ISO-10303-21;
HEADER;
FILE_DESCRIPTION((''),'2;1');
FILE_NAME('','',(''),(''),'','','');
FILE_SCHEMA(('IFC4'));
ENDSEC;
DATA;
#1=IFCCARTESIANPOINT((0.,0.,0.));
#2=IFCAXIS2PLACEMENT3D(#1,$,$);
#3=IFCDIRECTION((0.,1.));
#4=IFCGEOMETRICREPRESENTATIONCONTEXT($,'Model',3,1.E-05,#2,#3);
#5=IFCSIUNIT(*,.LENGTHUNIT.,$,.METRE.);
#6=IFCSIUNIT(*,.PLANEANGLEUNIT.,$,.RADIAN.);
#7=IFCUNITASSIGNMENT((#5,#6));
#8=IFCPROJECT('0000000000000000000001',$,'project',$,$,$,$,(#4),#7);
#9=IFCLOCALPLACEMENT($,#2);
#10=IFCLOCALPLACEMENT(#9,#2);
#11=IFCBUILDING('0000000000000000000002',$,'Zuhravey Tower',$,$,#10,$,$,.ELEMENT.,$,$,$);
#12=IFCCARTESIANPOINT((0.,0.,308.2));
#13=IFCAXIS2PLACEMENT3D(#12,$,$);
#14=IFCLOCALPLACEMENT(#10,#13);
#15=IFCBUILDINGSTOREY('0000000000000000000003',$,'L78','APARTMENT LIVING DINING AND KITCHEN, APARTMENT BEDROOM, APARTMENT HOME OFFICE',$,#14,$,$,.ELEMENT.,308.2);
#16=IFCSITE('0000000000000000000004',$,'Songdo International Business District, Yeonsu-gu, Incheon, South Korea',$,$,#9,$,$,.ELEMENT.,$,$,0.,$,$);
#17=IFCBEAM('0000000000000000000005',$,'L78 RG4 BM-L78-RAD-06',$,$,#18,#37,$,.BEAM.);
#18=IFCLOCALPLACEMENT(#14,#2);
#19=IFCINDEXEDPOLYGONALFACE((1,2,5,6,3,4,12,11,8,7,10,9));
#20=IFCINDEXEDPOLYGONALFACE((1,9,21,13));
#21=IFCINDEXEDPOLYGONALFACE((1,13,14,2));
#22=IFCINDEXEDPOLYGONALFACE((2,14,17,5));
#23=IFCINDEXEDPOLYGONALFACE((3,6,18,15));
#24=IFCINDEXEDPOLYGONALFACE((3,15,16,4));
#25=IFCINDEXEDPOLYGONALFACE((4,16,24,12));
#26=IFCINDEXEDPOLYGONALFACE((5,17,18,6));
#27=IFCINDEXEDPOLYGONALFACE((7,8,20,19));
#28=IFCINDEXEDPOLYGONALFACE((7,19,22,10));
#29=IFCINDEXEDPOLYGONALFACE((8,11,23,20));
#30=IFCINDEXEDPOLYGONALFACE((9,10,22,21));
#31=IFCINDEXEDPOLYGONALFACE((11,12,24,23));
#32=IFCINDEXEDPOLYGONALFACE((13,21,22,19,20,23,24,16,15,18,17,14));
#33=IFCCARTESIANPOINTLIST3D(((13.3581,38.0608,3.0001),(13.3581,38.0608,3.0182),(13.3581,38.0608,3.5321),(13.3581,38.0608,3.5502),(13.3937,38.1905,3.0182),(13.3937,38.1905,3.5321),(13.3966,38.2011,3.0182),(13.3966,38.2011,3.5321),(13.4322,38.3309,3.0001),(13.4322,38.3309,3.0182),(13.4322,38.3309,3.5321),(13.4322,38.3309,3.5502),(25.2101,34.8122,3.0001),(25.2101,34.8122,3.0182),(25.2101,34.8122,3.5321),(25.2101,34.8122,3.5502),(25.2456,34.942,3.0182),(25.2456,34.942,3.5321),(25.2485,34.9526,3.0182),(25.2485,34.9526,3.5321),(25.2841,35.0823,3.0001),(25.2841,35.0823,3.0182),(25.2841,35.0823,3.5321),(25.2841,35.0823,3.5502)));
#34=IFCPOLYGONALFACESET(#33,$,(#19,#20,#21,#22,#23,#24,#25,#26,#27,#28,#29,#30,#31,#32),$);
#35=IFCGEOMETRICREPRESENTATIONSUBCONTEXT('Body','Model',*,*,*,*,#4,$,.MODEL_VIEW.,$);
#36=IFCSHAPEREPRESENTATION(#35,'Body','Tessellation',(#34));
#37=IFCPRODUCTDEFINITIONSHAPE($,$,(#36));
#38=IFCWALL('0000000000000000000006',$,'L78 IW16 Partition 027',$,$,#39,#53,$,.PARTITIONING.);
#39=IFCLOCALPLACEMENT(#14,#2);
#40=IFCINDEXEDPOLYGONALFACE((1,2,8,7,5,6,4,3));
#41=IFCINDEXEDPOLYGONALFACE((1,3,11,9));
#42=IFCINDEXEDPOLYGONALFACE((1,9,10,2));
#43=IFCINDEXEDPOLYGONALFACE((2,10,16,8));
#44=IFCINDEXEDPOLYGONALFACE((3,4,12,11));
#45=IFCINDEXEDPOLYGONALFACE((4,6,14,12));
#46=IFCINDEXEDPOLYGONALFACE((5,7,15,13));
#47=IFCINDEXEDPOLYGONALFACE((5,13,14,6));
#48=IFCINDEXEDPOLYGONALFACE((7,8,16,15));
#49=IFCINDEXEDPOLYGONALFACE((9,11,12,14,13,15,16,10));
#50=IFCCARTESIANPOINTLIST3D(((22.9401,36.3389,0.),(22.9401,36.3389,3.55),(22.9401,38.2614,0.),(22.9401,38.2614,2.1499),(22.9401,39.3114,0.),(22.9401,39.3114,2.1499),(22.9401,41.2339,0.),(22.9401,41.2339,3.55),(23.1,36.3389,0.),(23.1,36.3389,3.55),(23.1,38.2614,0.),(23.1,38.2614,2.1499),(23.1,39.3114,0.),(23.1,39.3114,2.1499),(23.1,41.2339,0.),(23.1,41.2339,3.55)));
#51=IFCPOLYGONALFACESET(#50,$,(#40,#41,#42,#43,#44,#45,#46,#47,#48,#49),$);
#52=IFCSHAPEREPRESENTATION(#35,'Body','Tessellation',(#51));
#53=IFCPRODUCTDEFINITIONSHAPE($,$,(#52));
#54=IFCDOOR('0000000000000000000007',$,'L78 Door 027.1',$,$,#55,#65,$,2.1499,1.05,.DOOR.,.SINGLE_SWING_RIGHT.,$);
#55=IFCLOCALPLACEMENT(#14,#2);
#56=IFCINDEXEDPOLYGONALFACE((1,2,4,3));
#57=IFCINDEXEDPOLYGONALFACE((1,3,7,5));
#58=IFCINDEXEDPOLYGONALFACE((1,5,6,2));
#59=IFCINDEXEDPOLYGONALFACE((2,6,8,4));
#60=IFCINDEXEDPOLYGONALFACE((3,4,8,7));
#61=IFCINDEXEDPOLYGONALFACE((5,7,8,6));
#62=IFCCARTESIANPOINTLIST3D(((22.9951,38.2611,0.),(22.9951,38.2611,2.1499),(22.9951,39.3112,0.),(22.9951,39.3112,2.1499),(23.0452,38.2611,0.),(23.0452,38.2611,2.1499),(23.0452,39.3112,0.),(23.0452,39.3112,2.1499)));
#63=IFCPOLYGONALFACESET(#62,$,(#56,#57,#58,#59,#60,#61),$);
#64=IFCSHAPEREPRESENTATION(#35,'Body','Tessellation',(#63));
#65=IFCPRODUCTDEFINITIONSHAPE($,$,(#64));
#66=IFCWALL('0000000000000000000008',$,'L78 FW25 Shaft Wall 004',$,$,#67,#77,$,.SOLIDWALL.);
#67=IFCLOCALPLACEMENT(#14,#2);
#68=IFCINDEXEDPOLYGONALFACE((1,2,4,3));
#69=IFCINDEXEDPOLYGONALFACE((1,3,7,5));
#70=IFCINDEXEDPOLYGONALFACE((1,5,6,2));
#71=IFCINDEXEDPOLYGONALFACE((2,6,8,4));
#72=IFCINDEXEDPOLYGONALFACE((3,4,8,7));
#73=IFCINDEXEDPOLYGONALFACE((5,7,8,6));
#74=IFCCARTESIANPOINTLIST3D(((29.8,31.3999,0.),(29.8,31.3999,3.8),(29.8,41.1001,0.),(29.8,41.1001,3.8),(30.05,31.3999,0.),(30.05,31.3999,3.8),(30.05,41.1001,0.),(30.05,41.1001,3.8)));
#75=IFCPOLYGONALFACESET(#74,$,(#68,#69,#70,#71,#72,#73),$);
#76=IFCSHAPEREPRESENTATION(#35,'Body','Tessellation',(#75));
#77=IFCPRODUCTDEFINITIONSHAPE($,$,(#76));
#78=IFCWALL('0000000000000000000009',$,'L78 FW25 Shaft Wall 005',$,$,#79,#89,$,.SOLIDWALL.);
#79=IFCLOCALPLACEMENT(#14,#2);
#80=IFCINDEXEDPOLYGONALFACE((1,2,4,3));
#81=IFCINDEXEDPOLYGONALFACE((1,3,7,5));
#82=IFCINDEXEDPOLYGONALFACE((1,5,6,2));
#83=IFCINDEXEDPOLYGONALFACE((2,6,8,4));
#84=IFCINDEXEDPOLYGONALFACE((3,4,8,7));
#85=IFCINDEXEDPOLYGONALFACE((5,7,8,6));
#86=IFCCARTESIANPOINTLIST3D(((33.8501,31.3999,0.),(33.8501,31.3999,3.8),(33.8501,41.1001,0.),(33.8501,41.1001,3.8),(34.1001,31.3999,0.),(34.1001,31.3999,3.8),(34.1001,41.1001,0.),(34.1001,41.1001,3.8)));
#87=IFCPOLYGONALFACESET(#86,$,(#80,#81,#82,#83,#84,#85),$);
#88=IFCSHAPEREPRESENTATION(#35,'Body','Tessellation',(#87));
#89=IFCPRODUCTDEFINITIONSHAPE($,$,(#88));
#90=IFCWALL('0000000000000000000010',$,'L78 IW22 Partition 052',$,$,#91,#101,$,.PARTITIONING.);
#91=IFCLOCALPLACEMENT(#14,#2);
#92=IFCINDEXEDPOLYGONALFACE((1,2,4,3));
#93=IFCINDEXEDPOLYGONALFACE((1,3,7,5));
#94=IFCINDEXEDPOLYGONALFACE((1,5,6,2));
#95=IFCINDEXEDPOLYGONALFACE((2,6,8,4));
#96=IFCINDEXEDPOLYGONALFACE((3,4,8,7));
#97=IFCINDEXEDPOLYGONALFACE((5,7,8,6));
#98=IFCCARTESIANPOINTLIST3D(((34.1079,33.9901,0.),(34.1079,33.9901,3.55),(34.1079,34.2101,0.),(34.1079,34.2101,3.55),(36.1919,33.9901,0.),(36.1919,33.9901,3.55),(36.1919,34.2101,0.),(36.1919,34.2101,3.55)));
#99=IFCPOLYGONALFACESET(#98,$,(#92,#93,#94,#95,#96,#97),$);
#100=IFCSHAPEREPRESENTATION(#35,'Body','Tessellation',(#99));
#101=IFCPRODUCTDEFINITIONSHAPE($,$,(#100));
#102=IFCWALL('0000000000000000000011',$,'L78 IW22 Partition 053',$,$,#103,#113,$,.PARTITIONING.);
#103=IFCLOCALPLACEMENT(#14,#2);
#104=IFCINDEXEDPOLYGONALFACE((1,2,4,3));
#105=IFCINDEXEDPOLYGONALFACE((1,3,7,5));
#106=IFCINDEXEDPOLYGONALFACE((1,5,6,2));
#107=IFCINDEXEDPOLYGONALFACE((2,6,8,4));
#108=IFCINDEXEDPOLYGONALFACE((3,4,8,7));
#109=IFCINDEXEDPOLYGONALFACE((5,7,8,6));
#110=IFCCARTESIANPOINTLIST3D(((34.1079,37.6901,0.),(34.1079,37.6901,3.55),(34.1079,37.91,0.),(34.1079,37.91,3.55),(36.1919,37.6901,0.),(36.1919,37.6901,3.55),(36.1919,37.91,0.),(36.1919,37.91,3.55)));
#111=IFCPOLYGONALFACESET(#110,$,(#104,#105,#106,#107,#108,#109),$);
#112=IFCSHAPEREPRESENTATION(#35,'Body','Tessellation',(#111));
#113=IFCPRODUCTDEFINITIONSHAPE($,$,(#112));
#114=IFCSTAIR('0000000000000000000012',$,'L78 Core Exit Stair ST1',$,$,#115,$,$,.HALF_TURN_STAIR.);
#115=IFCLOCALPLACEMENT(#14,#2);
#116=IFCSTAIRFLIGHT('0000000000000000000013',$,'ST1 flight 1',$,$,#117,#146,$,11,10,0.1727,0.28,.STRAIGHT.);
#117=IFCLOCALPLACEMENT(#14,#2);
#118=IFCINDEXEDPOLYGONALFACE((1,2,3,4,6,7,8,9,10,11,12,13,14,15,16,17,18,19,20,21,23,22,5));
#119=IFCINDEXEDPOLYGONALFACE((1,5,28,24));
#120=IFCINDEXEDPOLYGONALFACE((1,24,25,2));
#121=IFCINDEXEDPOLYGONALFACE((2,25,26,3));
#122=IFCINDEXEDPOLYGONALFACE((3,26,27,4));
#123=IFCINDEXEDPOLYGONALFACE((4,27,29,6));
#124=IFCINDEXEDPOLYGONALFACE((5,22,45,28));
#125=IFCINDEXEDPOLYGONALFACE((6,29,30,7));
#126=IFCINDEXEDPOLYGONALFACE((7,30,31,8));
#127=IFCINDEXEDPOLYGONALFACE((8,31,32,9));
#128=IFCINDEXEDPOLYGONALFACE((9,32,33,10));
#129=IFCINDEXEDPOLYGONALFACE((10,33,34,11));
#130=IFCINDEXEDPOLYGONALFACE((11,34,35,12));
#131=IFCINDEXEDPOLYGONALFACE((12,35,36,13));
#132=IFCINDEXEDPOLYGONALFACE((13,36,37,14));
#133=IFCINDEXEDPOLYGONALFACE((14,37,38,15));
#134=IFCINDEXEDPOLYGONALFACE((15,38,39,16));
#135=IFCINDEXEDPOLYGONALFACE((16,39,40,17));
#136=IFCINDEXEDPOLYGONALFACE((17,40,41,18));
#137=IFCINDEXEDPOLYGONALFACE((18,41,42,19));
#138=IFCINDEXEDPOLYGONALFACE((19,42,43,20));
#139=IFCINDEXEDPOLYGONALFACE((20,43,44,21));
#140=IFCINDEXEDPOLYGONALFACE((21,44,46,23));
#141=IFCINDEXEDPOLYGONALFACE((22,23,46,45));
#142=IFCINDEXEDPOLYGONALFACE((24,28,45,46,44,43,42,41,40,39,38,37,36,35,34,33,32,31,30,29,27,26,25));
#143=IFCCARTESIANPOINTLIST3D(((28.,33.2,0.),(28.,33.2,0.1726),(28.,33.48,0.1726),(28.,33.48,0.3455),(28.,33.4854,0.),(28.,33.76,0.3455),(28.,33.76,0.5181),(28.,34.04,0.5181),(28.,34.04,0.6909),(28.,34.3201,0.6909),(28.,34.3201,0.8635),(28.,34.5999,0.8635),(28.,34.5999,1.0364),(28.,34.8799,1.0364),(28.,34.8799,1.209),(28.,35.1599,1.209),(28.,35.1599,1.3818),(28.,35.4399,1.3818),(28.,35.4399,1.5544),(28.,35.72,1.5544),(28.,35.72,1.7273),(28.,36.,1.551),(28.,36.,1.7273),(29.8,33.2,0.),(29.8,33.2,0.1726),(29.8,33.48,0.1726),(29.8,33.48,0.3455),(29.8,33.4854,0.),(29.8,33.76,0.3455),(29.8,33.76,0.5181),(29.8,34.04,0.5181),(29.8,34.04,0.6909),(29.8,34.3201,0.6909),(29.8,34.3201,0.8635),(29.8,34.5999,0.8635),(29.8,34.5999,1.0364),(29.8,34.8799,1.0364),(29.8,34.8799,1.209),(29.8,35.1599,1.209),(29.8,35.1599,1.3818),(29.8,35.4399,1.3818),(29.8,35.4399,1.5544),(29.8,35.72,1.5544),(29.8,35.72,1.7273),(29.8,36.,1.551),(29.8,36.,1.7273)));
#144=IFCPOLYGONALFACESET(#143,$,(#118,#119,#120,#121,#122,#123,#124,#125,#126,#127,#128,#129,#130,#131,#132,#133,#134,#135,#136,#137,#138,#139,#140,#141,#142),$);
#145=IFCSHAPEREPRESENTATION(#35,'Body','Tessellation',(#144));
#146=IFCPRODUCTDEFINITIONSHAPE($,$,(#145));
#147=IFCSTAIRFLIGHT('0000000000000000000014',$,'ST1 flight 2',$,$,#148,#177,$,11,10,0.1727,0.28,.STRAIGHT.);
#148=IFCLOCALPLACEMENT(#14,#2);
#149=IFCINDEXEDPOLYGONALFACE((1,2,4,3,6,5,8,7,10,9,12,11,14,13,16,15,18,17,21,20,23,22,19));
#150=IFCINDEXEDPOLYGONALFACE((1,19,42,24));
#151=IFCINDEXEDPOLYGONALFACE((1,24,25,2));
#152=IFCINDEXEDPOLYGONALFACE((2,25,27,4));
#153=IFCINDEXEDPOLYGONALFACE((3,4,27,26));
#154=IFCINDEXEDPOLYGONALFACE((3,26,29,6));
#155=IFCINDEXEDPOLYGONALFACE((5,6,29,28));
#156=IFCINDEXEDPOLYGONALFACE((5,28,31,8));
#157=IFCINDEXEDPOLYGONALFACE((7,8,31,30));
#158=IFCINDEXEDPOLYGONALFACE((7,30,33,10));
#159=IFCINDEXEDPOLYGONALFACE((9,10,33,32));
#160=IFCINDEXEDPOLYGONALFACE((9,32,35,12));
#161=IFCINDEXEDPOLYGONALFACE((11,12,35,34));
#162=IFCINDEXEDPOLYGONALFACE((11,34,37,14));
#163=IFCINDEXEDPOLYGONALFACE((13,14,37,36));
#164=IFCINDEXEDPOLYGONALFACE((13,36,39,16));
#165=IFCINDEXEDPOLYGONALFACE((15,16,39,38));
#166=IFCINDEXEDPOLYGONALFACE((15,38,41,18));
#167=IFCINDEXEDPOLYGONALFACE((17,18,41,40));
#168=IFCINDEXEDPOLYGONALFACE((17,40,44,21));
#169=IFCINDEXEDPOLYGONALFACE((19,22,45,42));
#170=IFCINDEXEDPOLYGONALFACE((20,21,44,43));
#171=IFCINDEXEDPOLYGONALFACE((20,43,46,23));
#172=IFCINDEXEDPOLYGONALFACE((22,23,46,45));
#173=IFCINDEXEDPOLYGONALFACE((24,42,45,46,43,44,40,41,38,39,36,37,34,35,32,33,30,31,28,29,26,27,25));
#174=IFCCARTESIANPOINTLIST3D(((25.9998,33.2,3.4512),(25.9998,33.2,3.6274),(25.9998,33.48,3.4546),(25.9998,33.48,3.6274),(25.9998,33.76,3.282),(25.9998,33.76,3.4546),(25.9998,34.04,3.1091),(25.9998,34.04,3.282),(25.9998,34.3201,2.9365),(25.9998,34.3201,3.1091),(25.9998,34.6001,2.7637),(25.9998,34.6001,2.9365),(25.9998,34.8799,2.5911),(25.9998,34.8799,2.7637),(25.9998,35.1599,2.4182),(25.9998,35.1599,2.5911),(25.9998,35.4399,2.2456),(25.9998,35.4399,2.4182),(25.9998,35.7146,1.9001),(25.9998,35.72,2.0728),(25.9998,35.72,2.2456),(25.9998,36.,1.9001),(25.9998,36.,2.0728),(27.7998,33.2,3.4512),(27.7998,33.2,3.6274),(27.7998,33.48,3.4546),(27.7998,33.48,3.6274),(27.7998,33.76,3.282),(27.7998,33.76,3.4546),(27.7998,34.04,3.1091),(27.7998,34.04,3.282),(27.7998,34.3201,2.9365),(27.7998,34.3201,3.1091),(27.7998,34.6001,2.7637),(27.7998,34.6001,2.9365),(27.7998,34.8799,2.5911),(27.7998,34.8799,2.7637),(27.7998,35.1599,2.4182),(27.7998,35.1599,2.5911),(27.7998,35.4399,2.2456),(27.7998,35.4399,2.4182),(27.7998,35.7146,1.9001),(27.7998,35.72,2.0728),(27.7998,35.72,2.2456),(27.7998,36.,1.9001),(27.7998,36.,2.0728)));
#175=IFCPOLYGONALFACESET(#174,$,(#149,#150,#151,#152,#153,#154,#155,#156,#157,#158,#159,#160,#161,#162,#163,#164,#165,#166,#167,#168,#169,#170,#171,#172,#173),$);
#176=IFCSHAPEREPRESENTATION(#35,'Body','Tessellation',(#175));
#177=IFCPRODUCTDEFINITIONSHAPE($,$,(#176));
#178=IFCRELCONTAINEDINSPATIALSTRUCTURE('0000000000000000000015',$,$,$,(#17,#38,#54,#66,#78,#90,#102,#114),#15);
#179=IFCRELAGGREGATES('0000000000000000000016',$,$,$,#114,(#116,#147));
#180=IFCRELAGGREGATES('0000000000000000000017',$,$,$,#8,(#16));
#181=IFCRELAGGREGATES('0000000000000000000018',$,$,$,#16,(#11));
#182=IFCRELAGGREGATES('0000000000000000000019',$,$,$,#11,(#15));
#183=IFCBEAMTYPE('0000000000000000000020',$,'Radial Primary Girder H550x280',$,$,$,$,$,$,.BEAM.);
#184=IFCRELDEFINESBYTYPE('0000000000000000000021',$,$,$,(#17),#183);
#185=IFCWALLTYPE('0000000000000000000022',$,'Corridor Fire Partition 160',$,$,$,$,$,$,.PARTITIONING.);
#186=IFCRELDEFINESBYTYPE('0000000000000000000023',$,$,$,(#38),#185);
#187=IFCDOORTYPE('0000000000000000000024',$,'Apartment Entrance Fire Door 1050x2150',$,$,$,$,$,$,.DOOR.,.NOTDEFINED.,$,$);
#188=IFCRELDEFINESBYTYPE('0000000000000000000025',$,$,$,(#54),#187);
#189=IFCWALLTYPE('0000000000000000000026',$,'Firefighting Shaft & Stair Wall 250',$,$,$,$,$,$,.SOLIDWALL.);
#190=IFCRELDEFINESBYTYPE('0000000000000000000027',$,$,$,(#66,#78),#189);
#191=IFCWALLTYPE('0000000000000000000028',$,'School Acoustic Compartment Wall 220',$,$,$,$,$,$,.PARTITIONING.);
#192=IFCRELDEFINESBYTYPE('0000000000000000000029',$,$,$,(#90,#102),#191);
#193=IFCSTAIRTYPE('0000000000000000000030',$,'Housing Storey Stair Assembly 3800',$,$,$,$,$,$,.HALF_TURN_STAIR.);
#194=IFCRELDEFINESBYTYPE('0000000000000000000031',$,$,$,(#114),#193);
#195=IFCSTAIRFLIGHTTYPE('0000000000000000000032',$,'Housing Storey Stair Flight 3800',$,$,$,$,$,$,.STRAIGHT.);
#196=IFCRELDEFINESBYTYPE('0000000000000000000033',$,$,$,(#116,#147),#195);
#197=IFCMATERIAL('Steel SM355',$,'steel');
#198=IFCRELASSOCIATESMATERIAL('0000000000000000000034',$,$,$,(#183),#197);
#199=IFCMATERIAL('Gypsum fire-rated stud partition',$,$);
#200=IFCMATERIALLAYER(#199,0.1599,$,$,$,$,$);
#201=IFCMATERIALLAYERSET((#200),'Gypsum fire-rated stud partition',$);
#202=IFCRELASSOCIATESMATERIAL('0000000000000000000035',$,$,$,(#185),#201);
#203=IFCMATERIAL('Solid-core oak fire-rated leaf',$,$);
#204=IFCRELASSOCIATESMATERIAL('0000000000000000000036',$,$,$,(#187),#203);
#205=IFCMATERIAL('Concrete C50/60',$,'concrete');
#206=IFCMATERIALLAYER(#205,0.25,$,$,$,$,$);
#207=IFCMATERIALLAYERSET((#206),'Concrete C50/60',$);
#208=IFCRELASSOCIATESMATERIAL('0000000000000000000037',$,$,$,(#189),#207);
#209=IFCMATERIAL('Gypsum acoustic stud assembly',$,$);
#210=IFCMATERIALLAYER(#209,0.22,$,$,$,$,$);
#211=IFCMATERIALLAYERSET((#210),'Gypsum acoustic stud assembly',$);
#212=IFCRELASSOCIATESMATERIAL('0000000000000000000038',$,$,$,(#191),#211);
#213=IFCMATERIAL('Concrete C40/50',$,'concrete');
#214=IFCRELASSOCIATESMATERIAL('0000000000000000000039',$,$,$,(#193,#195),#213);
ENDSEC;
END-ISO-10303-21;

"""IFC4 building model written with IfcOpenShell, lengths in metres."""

from ifc_helpers import new_model, si_unit, direction, frame, frame_2d, origin, origin_2d, place, context, subcontext, project, spatial, polyline, rectangle, i_section, outline, extrude, material, layer, layer_set, material_profile, profile_set, type_object, element, fill, aggregate, save


model = new_model("IFC4")

# Units and contexts
model_context = context("Model", 3, precision=1e-05, world=origin(), true_north=direction((0.0, 1.0)))
body_context = subcontext(model_context, "Body", "Model", "MODEL_VIEW")
ifc_project = project(units=[si_unit("LENGTHUNIT", "METRE"), si_unit("PLANEANGLEUNIT", "RADIAN")], contexts=[model_context])

# Site, building, storey
site_placement = place(None, origin())
site = spatial("IfcSite", under=ifc_project, at=site_placement, Name="Songdo International Business District, Yeonsu-gu, Incheon, South Korea", CompositionType="ELEMENT", RefElevation=0.0)
building_placement = place(site_placement, origin())
building = spatial("IfcBuilding", under=site, at=building_placement, Name="Zuhravey Tower", CompositionType="ELEMENT")
storey_placement = place(building_placement, frame((0.0, 0.0, 308.2)))
storey = spatial("IfcBuildingStorey", under=building, at=storey_placement, Name="L78", Description="APARTMENT LIVING DINING AND KITCHEN, APARTMENT BEDROOM, APARTMENT HOME OFFICE", CompositionType="ELEMENT", Elevation=308.2)

# Beam
ifc_material_1 = material(Name="Steel SM355", Category="steel")
ifc_material_profile = material_profile(ifc_material_1, i_section(OverallWidth=0.28, OverallDepth=0.55, WebThickness=0.011, FlangeThickness=0.0181, at=origin_2d()), Name="H-550x280x11x18")
ifc_profile_set = profile_set([ifc_material_profile], Name="Steel SM355")
beam_type = type_object("IfcBeamType", Name="Radial Primary Girder H550x280", PredefinedType="BEAM", material=ifc_profile_set)
beam_placement = place(storey_placement, frame((25.2471, 34.9473, 3.2751), z_axis=(-0.964428, 0.264346, 0.0), x_axis=(-0.264346, -0.964428, 0.0)))
element("IfcBeam", 1, at=beam_placement, inside=storey, type_object=beam_type, Name="L78 RG4 BM-L78-RAD-06", PredefinedType="BEAM", context=body_context, shape_type="SweptSolid", body=[
    extrude(i_section(OverallWidth=0.28, OverallDepth=0.55, WebThickness=0.011, FlangeThickness=0.0181, at=origin_2d()), origin(), (0.0, 0.0, 1.0), 12.2891),
])

# Wall, opening, door
ifc_material_2 = material(Name="Gypsum fire-rated stud partition")
ifc_layer_1 = layer(ifc_material_2, 0.1599)
ifc_layer_set_1 = layer_set([ifc_layer_1], Name="Gypsum fire-rated stud partition")
wall_type_1 = type_object("IfcWallType", Name="Corridor Fire Partition 160", PredefinedType="PARTITIONING", material=ifc_layer_set_1)
wall_1_placement = place(storey_placement, frame((23.02, 41.2339, 0.0), z_axis=(0.0, 0.0, 1.0), x_axis=(0.0, -1.0, 0.0)))
wall_1 = element("IfcWall", 2, at=wall_1_placement, inside=storey, type_object=wall_type_1, Name="L78 IW16 Partition 027", PredefinedType="PARTITIONING", context=body_context, shape_type="SweptSolid", body=[
    extrude(rectangle(XDim=4.895, YDim=0.1599, at=frame_2d((2.4475, 0.0))), origin(), (0.0, 0.0, 1.0), 3.55),
])
opening_1_placement = place(wall_1_placement, frame((1.9226, 0.0, 0.0)))
opening_1 = element("IfcOpeningElement", 3, at=opening_1_placement, cuts=wall_1, PredefinedType="OPENING", context=body_context, shape_type="SweptSolid", body=[
    extrude(rectangle(XDim=1.05, YDim=2.1499, at=frame_2d((0.5249, 1.075))), frame((0.0, 0.092, 0.0), z_axis=(0.0, -1.0, 0.0), x_axis=(1.0, 0.0, 0.0)), (0.0, 0.0, 1.0), 0.1838),
])
ifc_material_3 = material(Name="Solid-core oak fire-rated leaf")
door_type_1 = type_object("IfcDoorType", Name="Apartment Entrance Fire Door 1050x2150", OperationType="NOTDEFINED", PredefinedType="DOOR", material=ifc_material_3)
door_1_placement = place(opening_1_placement, frame((1.05, 0.0, 0.0), z_axis=(0.0, 0.0, 1.0), x_axis=(-1.0, 0.0, 0.0)))
door_1 = element("IfcDoor", 4, at=door_1_placement, inside=storey, type_object=door_type_1, Name="L78 Door 027.1", OperationType="SINGLE_SWING_RIGHT", OverallHeight=2.1499, OverallWidth=1.05, PredefinedType="DOOR", context=body_context, shape_type="SweptSolid", body=[
    extrude(rectangle(XDim=1.05, YDim=2.1499, at=frame_2d((0.5249, 1.075))), frame((0.0, 0.0249, 0.0), z_axis=(0.0, -1.0, 0.0), x_axis=(1.0, 0.0, 0.0)), (0.0, 0.0, 1.0), 0.05),
])
fill(opening_1, door_1)

# Shared definitions
ifc_material_4 = material(Name="Concrete C50/60", Category="concrete")
ifc_layer_2 = layer(ifc_material_4, 0.25)
ifc_layer_set_2 = layer_set([ifc_layer_2], Name="Concrete C50/60")
wall_type_2 = type_object("IfcWallType", Name="Firefighting Shaft & Stair Wall 250", PredefinedType="SOLIDWALL", material=ifc_layer_set_2)

# Walls
for number, where, z_axis, x_axis, name in (
    (5, (29.925, 31.3999, 0.0), (0.0, 0.0, 1.0), (0.0, 1.0, 0.0), "L78 FW25 Shaft Wall 004"),
    (6, (33.9751, 31.3999, 0.0), (0.0, 0.0, 1.0), (0.0, 1.0, 0.0), "L78 FW25 Shaft Wall 005"),
):
    element("IfcWall", number, at=place(storey_placement, frame(where, z_axis=z_axis, x_axis=x_axis)), inside=storey, type_object=wall_type_2, Name=name, PredefinedType="SOLIDWALL", context=body_context, shape_type="SweptSolid", body=[
        extrude(rectangle(XDim=9.7002, YDim=0.25, at=frame_2d((4.8501, 0.0))), origin(), (0.0, 0.0, 1.0), 3.8),
    ])
ifc_material_5 = material(Name="Gypsum acoustic stud assembly")
ifc_layer_3 = layer(ifc_material_5, 0.22)
ifc_layer_set_3 = layer_set([ifc_layer_3], Name="Gypsum acoustic stud assembly")
wall_type_3 = type_object("IfcWallType", Name="School Acoustic Compartment Wall 220", PredefinedType="PARTITIONING", material=ifc_layer_set_3)
for number, where, z_axis, x_axis, name in (
    (7, (34.1079, 34.1001, 0.0), (0.0, 0.0, 1.0), (1.0, 0.0, 0.0), "L78 IW22 Partition 052"),
    (8, (34.1079, 37.8, 0.0), (0.0, 0.0, 1.0), (1.0, 0.0, 0.0), "L78 IW22 Partition 053"),
):
    element("IfcWall", number, at=place(storey_placement, frame(where, z_axis=z_axis, x_axis=x_axis)), inside=storey, type_object=wall_type_3, Name=name, PredefinedType="PARTITIONING", context=body_context, shape_type="SweptSolid", body=[
        extrude(rectangle(XDim=2.084, YDim=0.22, at=frame_2d((1.042, 0.0))), origin(), (0.0, 0.0, 1.0), 3.55),
    ])

# Stair, stair flights
ifc_material_6 = material(Name="Concrete C40/50", Category="concrete")
stair_type = type_object("IfcStairType", Name="Housing Storey Stair Assembly 3800", PredefinedType="HALF_TURN_STAIR", material=ifc_material_6)
stair_1_placement = place(storey_placement, origin())
stair_1 = element("IfcStair", 9, at=stair_1_placement, inside=storey, type_object=stair_type, Name="L78 Core Exit Stair ST1", PredefinedType="HALF_TURN_STAIR")
stair_flight_type = type_object("IfcStairFlightType", Name="Housing Storey Stair Flight 3800", PredefinedType="STRAIGHT", material=ifc_material_6)
stair_flight_1_placement = place(storey_placement, frame((28.8999, 33.2, 0.0), z_axis=(0.0, 0.0, 1.0), x_axis=(0.0, 1.0, 0.0)))
stair_flight_1 = element("IfcStairFlight", 10, at=stair_flight_1_placement, type_object=stair_flight_type, Name="ST1 flight 1", NumberOfRisers=11, NumberOfTreads=10, PredefinedType="STRAIGHT", RiserHeight=0.1727, TreadLength=0.28, context=body_context, shape_type="SweptSolid", body=[
    extrude(outline(polyline([(0.0, 0.0), (0.0, 0.1726), (0.28, 0.1726), (0.28, 0.3455), (0.5601, 0.3455), (0.5601, 0.5181), (0.8401, 0.5181), (0.8401, 0.6909), (1.1201, 0.6909), (1.1201, 0.8635), (1.3999, 0.8635), (1.3999, 1.0364), (1.6799, 1.0364), (1.6799, 1.209), (1.96, 1.209), (1.96, 1.3818), (2.24, 1.3818), (2.24, 1.5544), (2.52, 1.5544), (2.52, 1.7273), (2.8, 1.7273), (2.8, 1.8999), (2.8, 1.551), (0.2854, 0.0), (0.0, 0.0)])), frame((0.0, 0.8999, 0.0), z_axis=(0.0, -1.0, 0.0), x_axis=(1.0, 0.0, 0.0)), (0.0, 0.0, 1.0), 1.8),
])
stair_flight_2_placement = place(storey_placement, frame((26.8999, 36.0, 1.9001), z_axis=(0.0, 0.0, 1.0), x_axis=(0.0, -1.0, 0.0)))
stair_flight_2 = element("IfcStairFlight", 11, at=stair_flight_2_placement, type_object=stair_flight_type, Name="ST1 flight 2", NumberOfRisers=11, NumberOfTreads=10, PredefinedType="STRAIGHT", RiserHeight=0.1727, TreadLength=0.28, context=body_context, shape_type="SweptSolid", body=[
    extrude(outline(polyline([(0.0, 0.0), (0.0, 0.1726), (0.28, 0.1726), (0.28, 0.3455), (0.5601, 0.3455), (0.5601, 0.5181), (0.8401, 0.5181), (0.8401, 0.6909), (1.1201, 0.6909), (1.1201, 0.8635), (1.3999, 0.8635), (1.3999, 1.0364), (1.6799, 1.0364), (1.6799, 1.209), (1.96, 1.209), (1.96, 1.3818), (2.24, 1.3818), (2.24, 1.5544), (2.52, 1.5544), (2.52, 1.7273), (2.8, 1.7273), (2.8, 1.8999), (2.8, 1.551), (0.2854, 0.0), (0.0, 0.0)])), frame((0.0, 0.8999, 0.0), z_axis=(0.0, -1.0, 0.0), x_axis=(1.0, 0.0, 0.0)), (0.0, 0.0, 1.0), 1.8),
])
aggregate(stair_1, [stair_flight_1, stair_flight_2])

save(model, "model.ifc")
